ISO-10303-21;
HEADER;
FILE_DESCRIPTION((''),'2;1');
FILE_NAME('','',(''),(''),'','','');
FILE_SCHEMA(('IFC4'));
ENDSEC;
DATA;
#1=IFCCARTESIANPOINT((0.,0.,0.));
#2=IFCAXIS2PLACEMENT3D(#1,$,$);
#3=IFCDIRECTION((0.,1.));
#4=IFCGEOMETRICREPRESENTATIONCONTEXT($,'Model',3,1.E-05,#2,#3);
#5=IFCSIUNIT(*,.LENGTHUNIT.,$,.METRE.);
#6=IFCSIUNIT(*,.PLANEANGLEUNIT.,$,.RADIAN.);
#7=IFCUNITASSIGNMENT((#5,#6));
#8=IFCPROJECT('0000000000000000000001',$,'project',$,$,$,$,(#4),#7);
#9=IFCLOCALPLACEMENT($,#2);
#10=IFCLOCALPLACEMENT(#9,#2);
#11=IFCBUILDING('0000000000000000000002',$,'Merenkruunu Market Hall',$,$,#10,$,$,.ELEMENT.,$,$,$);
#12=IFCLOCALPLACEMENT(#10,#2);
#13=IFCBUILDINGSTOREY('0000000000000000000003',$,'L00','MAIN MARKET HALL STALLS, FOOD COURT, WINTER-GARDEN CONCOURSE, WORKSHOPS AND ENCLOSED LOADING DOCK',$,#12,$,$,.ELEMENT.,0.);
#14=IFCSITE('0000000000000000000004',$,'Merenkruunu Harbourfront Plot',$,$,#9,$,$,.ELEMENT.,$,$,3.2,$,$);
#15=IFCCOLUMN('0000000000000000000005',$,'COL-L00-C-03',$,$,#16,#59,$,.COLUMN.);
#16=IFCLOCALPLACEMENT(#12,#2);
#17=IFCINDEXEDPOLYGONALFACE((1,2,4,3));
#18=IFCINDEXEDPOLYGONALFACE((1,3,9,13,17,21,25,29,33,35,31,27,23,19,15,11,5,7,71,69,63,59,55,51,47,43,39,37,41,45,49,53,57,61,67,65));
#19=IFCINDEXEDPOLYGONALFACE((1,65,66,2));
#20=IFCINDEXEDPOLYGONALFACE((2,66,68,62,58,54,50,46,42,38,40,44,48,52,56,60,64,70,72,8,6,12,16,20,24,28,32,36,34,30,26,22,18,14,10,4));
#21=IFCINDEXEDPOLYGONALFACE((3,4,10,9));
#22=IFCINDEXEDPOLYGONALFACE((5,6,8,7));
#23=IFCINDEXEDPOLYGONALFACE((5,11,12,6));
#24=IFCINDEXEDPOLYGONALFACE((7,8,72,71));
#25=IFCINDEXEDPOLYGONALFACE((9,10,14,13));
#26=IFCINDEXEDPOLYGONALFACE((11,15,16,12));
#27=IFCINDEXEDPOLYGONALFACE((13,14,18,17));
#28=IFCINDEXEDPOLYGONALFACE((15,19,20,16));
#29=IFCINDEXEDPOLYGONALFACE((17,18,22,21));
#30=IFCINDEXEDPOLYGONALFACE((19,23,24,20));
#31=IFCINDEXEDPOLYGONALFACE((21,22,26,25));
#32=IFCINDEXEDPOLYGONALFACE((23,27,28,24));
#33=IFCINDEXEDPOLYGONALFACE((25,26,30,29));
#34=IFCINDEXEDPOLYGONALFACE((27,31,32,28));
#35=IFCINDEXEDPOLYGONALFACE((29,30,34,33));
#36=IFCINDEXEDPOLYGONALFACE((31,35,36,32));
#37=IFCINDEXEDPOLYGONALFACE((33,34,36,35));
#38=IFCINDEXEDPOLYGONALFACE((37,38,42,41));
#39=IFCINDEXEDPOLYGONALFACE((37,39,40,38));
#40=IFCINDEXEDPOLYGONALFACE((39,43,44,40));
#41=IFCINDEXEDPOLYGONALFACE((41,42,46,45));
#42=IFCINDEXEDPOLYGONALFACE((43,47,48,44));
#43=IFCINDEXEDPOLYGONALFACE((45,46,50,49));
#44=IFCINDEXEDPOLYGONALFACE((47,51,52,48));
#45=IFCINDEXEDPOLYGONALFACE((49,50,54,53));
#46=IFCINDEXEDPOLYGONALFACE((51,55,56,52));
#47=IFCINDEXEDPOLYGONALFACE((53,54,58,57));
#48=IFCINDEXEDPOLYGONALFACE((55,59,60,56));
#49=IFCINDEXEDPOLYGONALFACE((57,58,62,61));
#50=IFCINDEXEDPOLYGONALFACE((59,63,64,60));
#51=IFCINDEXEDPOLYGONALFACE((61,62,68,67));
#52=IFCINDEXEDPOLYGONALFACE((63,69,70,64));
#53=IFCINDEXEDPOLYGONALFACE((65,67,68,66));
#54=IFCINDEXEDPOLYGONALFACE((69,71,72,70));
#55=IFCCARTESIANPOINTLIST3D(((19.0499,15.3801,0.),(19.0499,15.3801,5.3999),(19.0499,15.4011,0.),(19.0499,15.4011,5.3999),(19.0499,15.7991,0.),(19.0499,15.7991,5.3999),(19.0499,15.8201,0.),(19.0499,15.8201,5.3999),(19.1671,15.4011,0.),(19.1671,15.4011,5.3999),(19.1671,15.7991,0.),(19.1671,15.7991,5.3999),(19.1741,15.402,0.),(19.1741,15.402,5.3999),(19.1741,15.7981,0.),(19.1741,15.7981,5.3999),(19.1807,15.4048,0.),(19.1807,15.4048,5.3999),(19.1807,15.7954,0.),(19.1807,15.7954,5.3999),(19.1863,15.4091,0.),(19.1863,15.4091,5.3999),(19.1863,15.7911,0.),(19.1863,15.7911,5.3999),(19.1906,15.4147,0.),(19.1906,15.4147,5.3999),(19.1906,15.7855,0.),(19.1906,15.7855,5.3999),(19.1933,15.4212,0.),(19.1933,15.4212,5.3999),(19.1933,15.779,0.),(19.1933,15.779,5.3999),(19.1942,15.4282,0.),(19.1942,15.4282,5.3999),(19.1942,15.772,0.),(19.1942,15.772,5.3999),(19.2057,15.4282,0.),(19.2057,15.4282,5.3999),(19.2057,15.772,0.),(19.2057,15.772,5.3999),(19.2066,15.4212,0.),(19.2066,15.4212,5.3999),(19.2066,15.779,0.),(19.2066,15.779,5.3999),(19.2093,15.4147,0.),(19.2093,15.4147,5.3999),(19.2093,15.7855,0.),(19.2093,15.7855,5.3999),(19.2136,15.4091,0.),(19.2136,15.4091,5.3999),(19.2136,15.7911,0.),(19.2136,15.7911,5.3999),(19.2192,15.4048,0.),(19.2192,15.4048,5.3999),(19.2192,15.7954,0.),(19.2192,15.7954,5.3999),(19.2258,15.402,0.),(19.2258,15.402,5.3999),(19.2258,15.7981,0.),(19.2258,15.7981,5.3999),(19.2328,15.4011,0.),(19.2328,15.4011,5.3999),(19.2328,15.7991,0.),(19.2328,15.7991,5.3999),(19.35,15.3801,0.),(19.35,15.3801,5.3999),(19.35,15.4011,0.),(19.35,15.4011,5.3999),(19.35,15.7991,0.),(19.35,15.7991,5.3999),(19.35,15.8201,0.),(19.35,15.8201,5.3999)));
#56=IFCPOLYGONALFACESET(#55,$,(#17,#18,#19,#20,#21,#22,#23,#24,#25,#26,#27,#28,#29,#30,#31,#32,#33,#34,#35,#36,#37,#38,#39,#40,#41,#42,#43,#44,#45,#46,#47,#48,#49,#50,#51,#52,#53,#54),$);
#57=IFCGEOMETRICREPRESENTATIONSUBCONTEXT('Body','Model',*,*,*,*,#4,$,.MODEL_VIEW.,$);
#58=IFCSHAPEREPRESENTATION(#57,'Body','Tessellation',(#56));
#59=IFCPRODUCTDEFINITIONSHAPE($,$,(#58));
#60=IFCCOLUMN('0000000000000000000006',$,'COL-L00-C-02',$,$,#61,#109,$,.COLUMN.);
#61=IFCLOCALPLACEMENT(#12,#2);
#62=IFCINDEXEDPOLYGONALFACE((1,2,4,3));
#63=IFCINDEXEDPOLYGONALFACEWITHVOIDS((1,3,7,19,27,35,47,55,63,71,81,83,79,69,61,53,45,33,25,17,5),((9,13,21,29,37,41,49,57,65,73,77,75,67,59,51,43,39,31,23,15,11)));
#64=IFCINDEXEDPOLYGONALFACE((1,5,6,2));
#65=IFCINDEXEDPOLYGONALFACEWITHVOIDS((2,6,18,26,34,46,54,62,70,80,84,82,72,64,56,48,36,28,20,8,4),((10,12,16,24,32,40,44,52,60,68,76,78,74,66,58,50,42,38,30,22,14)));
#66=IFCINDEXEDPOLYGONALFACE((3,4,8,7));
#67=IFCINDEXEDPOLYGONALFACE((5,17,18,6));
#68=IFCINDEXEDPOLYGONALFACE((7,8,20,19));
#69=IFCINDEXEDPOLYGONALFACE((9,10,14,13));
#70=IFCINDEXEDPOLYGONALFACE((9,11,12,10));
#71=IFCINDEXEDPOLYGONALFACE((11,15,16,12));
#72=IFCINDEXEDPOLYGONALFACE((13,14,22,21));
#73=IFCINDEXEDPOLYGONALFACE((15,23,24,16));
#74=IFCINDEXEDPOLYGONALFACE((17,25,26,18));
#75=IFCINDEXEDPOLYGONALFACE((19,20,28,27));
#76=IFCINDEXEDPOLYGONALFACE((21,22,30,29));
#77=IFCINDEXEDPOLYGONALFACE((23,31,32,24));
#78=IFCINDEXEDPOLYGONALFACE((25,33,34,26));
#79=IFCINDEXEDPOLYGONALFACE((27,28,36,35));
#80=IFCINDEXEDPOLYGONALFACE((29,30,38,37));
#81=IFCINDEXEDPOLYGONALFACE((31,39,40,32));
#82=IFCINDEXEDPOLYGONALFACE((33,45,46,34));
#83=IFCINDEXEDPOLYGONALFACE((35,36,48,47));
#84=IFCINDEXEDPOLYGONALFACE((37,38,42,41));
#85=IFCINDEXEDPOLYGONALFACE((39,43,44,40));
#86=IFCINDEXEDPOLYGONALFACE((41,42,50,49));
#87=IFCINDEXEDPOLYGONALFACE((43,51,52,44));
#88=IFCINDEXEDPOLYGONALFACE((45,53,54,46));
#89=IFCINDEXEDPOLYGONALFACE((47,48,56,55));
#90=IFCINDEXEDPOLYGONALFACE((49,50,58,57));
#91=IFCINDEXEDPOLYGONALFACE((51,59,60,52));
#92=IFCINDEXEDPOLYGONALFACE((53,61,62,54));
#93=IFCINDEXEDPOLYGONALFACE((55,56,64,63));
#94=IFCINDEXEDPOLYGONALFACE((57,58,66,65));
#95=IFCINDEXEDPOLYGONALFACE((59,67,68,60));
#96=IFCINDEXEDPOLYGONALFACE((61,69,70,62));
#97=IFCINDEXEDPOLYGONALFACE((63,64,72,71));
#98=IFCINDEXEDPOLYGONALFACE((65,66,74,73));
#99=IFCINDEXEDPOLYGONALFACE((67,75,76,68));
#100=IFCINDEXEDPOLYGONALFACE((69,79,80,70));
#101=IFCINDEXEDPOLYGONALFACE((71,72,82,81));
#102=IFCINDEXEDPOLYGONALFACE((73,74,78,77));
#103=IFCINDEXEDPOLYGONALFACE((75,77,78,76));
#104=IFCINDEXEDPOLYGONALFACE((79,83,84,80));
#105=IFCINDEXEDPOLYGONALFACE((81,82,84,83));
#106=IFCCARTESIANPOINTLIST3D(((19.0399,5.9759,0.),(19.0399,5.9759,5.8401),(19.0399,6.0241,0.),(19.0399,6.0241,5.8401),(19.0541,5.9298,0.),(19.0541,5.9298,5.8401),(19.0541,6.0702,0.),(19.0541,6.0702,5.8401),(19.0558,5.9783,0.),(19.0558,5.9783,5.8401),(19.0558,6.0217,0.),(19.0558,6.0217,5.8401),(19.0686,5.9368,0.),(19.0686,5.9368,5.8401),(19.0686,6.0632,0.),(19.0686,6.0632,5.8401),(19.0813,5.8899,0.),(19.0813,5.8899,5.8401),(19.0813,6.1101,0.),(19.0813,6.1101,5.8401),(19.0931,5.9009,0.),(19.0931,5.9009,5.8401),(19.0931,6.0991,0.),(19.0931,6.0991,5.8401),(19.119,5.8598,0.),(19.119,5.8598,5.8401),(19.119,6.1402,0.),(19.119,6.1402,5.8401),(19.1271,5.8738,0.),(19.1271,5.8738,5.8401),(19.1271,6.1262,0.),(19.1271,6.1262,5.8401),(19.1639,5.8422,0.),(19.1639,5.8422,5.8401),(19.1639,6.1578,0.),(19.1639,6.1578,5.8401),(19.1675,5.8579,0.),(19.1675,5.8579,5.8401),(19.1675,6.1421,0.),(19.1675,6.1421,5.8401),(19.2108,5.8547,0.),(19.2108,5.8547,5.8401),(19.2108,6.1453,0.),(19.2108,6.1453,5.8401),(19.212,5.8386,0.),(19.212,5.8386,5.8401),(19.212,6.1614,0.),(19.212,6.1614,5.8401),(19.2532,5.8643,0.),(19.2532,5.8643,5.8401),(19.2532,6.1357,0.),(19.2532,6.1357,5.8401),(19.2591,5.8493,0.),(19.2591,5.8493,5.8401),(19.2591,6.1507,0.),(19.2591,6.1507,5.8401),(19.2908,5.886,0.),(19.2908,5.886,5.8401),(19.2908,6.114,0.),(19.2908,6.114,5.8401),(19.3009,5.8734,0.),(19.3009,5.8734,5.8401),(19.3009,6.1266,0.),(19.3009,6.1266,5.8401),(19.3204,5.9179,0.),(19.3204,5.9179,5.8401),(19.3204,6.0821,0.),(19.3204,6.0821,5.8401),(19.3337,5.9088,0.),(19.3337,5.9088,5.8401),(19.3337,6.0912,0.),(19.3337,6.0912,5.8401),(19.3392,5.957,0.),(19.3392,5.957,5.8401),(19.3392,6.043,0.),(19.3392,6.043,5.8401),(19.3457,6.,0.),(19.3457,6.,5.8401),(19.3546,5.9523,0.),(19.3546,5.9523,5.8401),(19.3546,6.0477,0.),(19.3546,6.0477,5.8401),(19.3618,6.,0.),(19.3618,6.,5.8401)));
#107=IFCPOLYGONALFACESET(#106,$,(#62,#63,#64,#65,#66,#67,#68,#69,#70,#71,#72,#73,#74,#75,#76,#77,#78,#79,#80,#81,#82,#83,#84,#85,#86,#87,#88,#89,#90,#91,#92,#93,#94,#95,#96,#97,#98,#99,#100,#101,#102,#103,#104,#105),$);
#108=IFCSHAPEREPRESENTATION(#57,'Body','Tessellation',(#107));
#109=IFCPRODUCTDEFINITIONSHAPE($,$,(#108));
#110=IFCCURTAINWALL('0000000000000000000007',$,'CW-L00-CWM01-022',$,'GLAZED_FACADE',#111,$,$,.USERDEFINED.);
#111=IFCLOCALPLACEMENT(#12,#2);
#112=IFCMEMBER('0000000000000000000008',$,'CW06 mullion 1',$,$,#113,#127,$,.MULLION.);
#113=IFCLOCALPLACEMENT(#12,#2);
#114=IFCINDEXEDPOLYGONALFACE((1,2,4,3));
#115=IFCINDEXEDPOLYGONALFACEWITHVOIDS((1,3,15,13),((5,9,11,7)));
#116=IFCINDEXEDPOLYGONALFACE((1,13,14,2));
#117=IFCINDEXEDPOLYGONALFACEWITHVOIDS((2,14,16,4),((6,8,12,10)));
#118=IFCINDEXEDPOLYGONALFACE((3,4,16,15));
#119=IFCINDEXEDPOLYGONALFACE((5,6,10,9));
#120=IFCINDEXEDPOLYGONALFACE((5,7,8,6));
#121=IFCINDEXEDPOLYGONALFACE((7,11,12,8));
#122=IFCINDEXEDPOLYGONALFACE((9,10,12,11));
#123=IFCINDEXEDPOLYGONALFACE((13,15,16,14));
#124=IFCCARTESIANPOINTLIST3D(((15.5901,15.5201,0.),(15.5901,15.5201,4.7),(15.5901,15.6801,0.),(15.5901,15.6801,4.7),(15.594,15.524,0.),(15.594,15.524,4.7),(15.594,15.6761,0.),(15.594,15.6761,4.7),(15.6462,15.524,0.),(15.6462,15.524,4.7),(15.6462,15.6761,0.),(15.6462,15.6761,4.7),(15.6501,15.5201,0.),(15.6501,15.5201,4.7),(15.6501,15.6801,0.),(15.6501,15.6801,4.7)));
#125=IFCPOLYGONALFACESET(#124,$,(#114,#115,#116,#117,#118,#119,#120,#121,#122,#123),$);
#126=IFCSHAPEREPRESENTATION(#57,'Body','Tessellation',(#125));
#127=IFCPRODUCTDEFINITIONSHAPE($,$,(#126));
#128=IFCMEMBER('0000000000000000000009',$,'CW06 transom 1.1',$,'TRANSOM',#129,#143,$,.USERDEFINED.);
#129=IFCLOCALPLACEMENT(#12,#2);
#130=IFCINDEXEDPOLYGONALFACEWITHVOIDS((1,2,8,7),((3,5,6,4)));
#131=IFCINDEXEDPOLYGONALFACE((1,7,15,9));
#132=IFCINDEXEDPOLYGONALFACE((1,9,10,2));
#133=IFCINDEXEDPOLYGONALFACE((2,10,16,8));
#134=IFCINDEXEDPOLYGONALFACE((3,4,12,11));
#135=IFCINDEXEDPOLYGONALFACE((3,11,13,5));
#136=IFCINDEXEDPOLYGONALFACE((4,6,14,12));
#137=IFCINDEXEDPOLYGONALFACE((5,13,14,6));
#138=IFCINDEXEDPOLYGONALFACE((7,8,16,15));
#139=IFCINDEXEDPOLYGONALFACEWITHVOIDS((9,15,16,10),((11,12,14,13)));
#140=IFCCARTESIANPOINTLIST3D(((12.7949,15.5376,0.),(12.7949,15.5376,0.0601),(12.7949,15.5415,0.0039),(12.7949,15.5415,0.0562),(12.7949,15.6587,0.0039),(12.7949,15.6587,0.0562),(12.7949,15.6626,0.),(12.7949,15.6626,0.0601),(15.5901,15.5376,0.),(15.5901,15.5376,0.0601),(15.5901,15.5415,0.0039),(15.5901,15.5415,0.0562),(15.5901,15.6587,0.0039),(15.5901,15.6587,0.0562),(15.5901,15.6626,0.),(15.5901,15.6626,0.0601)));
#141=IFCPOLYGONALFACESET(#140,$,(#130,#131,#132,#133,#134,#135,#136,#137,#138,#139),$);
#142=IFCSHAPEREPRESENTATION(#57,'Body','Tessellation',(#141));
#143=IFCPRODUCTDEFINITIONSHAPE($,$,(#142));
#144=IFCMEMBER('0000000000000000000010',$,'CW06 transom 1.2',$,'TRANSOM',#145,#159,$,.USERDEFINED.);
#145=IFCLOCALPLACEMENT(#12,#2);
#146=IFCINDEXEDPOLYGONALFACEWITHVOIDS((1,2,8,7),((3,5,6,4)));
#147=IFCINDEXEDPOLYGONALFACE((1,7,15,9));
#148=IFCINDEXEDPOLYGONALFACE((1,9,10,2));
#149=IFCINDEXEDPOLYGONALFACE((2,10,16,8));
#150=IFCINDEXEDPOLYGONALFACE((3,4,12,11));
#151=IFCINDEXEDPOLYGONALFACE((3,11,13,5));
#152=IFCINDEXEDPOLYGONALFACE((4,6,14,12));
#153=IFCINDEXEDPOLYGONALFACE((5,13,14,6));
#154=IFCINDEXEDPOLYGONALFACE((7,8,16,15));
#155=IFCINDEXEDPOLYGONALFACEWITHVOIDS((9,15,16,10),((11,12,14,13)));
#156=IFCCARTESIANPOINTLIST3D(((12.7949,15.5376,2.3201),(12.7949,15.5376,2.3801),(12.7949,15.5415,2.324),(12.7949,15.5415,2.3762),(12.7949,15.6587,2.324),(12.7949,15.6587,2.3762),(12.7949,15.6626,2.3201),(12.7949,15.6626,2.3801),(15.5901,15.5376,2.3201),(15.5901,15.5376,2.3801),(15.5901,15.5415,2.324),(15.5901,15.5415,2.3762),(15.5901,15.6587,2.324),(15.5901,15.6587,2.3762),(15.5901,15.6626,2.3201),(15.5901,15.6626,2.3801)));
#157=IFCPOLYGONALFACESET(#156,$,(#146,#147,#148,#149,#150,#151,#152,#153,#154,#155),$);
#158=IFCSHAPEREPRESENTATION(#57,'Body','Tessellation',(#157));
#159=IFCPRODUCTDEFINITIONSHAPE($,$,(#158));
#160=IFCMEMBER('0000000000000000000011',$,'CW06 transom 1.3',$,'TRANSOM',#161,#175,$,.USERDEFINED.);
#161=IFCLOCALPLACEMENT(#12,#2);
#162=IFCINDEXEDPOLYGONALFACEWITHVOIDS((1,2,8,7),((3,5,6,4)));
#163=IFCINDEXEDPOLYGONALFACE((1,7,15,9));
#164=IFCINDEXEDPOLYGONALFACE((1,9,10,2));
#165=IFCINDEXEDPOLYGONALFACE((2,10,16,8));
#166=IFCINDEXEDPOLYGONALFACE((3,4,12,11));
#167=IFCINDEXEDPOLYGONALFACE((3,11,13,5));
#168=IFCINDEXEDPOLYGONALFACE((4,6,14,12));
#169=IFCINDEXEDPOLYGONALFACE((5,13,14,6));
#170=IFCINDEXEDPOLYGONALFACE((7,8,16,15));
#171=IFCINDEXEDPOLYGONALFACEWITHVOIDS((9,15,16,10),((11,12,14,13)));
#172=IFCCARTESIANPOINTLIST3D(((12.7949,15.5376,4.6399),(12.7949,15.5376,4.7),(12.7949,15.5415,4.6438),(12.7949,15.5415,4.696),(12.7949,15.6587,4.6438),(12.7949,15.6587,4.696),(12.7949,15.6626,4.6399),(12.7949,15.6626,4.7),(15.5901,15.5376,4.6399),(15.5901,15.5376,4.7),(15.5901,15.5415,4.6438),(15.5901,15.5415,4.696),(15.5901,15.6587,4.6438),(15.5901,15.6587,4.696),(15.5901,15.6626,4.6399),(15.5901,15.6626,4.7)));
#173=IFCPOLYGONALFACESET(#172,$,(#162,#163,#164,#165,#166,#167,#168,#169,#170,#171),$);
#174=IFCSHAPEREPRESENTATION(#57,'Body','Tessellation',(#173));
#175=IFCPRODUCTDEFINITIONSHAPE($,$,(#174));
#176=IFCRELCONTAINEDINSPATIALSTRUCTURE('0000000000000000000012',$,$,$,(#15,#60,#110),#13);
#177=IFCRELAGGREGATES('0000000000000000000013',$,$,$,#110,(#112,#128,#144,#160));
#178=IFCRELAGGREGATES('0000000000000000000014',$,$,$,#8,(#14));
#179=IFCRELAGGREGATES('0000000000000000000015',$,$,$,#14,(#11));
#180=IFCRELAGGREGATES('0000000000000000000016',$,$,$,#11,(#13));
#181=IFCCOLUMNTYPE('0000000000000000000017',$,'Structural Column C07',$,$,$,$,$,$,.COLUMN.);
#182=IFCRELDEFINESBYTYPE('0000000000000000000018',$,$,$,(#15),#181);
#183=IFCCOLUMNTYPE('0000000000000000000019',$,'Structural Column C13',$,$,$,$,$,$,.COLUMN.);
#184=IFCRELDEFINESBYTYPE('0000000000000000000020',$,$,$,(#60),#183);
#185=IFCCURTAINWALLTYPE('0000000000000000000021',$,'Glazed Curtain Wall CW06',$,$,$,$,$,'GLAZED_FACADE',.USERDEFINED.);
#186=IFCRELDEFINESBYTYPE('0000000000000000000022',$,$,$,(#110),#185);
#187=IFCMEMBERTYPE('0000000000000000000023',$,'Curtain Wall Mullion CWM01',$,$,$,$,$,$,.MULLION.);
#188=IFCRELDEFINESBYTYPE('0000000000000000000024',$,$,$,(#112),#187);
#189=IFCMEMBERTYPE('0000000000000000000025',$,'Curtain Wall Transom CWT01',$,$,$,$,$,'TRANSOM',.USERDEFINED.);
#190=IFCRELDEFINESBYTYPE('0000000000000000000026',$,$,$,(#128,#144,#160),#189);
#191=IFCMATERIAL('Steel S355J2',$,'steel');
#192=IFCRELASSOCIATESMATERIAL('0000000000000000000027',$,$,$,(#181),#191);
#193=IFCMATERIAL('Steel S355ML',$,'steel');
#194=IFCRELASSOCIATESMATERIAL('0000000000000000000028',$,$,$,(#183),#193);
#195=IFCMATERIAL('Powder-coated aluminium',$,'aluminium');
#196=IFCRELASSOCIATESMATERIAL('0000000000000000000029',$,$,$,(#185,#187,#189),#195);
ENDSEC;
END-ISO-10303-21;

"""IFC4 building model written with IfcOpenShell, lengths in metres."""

from ifc_helpers import new_model, si_unit, direction, frame, origin, origin_2d, place, context, subcontext, project, spatial, hollow_rectangle, hollow_circle, i_section, extrude, material, material_profile, profile_set, type_object, element, aggregate, save


model = new_model("IFC4")

# Units and contexts
model_context = context("Model", 3, precision=1e-05, world=origin(), true_north=direction((0.0, 1.0)))
body_context = subcontext(model_context, "Body", "Model", "MODEL_VIEW")
ifc_project = project(units=[si_unit("LENGTHUNIT", "METRE"), si_unit("PLANEANGLEUNIT", "RADIAN")], contexts=[model_context])

# Site, building, storey
site_placement = place(None, origin())
site = spatial("IfcSite", under=ifc_project, at=site_placement, Name="Merenkruunu Harbourfront Plot", CompositionType="ELEMENT", RefElevation=3.2)
building_placement = place(site_placement, origin())
building = spatial("IfcBuilding", under=site, at=building_placement, Name="Merenkruunu Market Hall", CompositionType="ELEMENT")
storey_placement = place(building_placement, origin())
storey = spatial("IfcBuildingStorey", under=building, at=storey_placement, Name="L00", Description="MAIN MARKET HALL STALLS, FOOD COURT, WINTER-GARDEN CONCOURSE, WORKSHOPS AND ENCLOSED LOADING DOCK", CompositionType="ELEMENT", Elevation=0.0)

# Columns
ifc_material_1 = material(Name="Steel S355J2", Category="steel")
ifc_material_profile_1 = material_profile(ifc_material_1, i_section(OverallWidth=0.3, OverallDepth=0.4399, WebThickness=0.0115, FlangeThickness=0.021, FilletRadius=0.0271, at=origin_2d()), Name="HEA 450")
ifc_profile_set_1 = profile_set([ifc_material_profile_1], Name="Steel S355J2")
column_type_1 = type_object("IfcColumnType", Name="Structural Column C07", PredefinedType="COLUMN", material=ifc_profile_set_1)
column_1_placement = place(storey_placement, frame((19.2, 15.6001, 0.0), z_axis=(0.0, 0.0, 1.0), x_axis=(1.0, 0.0, 0.0)))
element("IfcColumn", 1, at=column_1_placement, inside=storey, type_object=column_type_1, Name="COL-L00-C-03", PredefinedType="COLUMN", context=body_context, shape_type="SweptSolid", body=[
    extrude(i_section(OverallWidth=0.3, OverallDepth=0.4399, WebThickness=0.0115, FlangeThickness=0.021, FilletRadius=0.0271, at=origin_2d()), origin(), (0.0, 0.0, 1.0), 5.3999),
])
ifc_material_2 = material(Name="Steel S355ML", Category="steel")
ifc_material_profile_2 = material_profile(ifc_material_2, hollow_circle(Radius=0.1619, WallThickness=0.0161, at=origin_2d()), Name="CHS 323.9x16")
ifc_profile_set_2 = profile_set([ifc_material_profile_2], Name="Steel S355ML")
column_type_2 = type_object("IfcColumnType", Name="Structural Column C13", PredefinedType="COLUMN", material=ifc_profile_set_2)
column_2_placement = place(storey_placement, frame((19.2, 6.0, 0.0), z_axis=(0.0, 0.0, 1.0), x_axis=(1.0, 0.0, 0.0)))
element("IfcColumn", 2, at=column_2_placement, inside=storey, type_object=column_type_2, Name="COL-L00-C-02", PredefinedType="COLUMN", context=body_context, shape_type="SweptSolid", body=[
    extrude(hollow_circle(Radius=0.1619, WallThickness=0.0161, at=origin_2d()), origin(), (0.0, 0.0, 1.0), 5.8401),
])

# Curtain wall, members
ifc_material_3 = material(Name="Powder-coated aluminium", Category="aluminium")
curtain_wall_type = type_object("IfcCurtainWallType", Name="Glazed Curtain Wall CW06", ElementType="GLAZED_FACADE", PredefinedType="USERDEFINED", material=ifc_material_3)
curtain_wall_placement = place(storey_placement, origin())
curtain_wall = element("IfcCurtainWall", 3, at=curtain_wall_placement, inside=storey, type_object=curtain_wall_type, Name="CW-L00-CWM01-022", ObjectType="GLAZED_FACADE", PredefinedType="USERDEFINED")
ifc_material_profile_3 = material_profile(ifc_material_3, hollow_rectangle(XDim=0.0601, YDim=0.1599, WallThickness=0.0039, at=origin_2d()), Name="ALU 60x160x4")
ifc_profile_set_3 = profile_set([ifc_material_profile_3], Name="Powder-coated aluminium")
member_type_1 = type_object("IfcMemberType", Name="Curtain Wall Mullion CWM01", PredefinedType="MULLION", material=ifc_profile_set_3)
member_1_placement = place(storey_placement, frame((15.6201, 15.6001, 0.0), z_axis=(0.0, 0.0, 1.0), x_axis=(-1.0, 0.0, 0.0)))
member_1 = element("IfcMember", 4, at=member_1_placement, type_object=member_type_1, Name="CW06 mullion 1", PredefinedType="MULLION", context=body_context, shape_type="SweptSolid", body=[
    extrude(hollow_rectangle(XDim=0.0601, YDim=0.1599, WallThickness=0.0039, at=origin_2d()), origin(), (0.0, 0.0, 1.0), 4.7),
])
ifc_material_profile_4 = material_profile(ifc_material_3, hollow_rectangle(XDim=0.0601, YDim=0.125, WallThickness=0.0039, at=origin_2d()), Name="ALU 60x125x4")
ifc_profile_set_4 = profile_set([ifc_material_profile_4], Name="Powder-coated aluminium")
member_type_2 = type_object("IfcMemberType", Name="Curtain Wall Transom CWT01", ElementType="TRANSOM", PredefinedType="USERDEFINED", material=ifc_profile_set_4)
member_2_placement = place(storey_placement, frame((15.5901, 15.6001, 0.03), z_axis=(-1.0, 0.0, 0.0), x_axis=(0.0, 0.0, 1.0)))
member_2 = element("IfcMember", 5, at=member_2_placement, type_object=member_type_2, Name="CW06 transom 1.1", ObjectType="TRANSOM", PredefinedType="USERDEFINED", context=body_context, shape_type="SweptSolid", body=[
    extrude(hollow_rectangle(XDim=0.0601, YDim=0.125, WallThickness=0.0039, at=origin_2d()), origin(), (0.0, 0.0, 1.0), 2.7952),
])
member_3_placement = place(storey_placement, frame((15.5901, 15.6001, 2.3501), z_axis=(-1.0, 0.0, 0.0), x_axis=(0.0, 0.0, 1.0)))
member_3 = element("IfcMember", 6, at=member_3_placement, type_object=member_type_2, Name="CW06 transom 1.2", ObjectType="TRANSOM", PredefinedType="USERDEFINED", context=body_context, shape_type="SweptSolid", body=[
    extrude(hollow_rectangle(XDim=0.0601, YDim=0.125, WallThickness=0.0039, at=origin_2d()), origin(), (0.0, 0.0, 1.0), 2.7952),
])
member_4_placement = place(storey_placement, frame((15.5901, 15.6001, 4.6699), z_axis=(-1.0, 0.0, 0.0), x_axis=(0.0, 0.0, 1.0)))
member_4 = element("IfcMember", 7, at=member_4_placement, type_object=member_type_2, Name="CW06 transom 1.3", ObjectType="TRANSOM", PredefinedType="USERDEFINED", context=body_context, shape_type="SweptSolid", body=[
    extrude(hollow_rectangle(XDim=0.0601, YDim=0.125, WallThickness=0.0039, at=origin_2d()), origin(), (0.0, 0.0, 1.0), 2.7952),
])

aggregate(curtain_wall, [member_1, member_2, member_3, member_4])

save(model, "model.ifc")
